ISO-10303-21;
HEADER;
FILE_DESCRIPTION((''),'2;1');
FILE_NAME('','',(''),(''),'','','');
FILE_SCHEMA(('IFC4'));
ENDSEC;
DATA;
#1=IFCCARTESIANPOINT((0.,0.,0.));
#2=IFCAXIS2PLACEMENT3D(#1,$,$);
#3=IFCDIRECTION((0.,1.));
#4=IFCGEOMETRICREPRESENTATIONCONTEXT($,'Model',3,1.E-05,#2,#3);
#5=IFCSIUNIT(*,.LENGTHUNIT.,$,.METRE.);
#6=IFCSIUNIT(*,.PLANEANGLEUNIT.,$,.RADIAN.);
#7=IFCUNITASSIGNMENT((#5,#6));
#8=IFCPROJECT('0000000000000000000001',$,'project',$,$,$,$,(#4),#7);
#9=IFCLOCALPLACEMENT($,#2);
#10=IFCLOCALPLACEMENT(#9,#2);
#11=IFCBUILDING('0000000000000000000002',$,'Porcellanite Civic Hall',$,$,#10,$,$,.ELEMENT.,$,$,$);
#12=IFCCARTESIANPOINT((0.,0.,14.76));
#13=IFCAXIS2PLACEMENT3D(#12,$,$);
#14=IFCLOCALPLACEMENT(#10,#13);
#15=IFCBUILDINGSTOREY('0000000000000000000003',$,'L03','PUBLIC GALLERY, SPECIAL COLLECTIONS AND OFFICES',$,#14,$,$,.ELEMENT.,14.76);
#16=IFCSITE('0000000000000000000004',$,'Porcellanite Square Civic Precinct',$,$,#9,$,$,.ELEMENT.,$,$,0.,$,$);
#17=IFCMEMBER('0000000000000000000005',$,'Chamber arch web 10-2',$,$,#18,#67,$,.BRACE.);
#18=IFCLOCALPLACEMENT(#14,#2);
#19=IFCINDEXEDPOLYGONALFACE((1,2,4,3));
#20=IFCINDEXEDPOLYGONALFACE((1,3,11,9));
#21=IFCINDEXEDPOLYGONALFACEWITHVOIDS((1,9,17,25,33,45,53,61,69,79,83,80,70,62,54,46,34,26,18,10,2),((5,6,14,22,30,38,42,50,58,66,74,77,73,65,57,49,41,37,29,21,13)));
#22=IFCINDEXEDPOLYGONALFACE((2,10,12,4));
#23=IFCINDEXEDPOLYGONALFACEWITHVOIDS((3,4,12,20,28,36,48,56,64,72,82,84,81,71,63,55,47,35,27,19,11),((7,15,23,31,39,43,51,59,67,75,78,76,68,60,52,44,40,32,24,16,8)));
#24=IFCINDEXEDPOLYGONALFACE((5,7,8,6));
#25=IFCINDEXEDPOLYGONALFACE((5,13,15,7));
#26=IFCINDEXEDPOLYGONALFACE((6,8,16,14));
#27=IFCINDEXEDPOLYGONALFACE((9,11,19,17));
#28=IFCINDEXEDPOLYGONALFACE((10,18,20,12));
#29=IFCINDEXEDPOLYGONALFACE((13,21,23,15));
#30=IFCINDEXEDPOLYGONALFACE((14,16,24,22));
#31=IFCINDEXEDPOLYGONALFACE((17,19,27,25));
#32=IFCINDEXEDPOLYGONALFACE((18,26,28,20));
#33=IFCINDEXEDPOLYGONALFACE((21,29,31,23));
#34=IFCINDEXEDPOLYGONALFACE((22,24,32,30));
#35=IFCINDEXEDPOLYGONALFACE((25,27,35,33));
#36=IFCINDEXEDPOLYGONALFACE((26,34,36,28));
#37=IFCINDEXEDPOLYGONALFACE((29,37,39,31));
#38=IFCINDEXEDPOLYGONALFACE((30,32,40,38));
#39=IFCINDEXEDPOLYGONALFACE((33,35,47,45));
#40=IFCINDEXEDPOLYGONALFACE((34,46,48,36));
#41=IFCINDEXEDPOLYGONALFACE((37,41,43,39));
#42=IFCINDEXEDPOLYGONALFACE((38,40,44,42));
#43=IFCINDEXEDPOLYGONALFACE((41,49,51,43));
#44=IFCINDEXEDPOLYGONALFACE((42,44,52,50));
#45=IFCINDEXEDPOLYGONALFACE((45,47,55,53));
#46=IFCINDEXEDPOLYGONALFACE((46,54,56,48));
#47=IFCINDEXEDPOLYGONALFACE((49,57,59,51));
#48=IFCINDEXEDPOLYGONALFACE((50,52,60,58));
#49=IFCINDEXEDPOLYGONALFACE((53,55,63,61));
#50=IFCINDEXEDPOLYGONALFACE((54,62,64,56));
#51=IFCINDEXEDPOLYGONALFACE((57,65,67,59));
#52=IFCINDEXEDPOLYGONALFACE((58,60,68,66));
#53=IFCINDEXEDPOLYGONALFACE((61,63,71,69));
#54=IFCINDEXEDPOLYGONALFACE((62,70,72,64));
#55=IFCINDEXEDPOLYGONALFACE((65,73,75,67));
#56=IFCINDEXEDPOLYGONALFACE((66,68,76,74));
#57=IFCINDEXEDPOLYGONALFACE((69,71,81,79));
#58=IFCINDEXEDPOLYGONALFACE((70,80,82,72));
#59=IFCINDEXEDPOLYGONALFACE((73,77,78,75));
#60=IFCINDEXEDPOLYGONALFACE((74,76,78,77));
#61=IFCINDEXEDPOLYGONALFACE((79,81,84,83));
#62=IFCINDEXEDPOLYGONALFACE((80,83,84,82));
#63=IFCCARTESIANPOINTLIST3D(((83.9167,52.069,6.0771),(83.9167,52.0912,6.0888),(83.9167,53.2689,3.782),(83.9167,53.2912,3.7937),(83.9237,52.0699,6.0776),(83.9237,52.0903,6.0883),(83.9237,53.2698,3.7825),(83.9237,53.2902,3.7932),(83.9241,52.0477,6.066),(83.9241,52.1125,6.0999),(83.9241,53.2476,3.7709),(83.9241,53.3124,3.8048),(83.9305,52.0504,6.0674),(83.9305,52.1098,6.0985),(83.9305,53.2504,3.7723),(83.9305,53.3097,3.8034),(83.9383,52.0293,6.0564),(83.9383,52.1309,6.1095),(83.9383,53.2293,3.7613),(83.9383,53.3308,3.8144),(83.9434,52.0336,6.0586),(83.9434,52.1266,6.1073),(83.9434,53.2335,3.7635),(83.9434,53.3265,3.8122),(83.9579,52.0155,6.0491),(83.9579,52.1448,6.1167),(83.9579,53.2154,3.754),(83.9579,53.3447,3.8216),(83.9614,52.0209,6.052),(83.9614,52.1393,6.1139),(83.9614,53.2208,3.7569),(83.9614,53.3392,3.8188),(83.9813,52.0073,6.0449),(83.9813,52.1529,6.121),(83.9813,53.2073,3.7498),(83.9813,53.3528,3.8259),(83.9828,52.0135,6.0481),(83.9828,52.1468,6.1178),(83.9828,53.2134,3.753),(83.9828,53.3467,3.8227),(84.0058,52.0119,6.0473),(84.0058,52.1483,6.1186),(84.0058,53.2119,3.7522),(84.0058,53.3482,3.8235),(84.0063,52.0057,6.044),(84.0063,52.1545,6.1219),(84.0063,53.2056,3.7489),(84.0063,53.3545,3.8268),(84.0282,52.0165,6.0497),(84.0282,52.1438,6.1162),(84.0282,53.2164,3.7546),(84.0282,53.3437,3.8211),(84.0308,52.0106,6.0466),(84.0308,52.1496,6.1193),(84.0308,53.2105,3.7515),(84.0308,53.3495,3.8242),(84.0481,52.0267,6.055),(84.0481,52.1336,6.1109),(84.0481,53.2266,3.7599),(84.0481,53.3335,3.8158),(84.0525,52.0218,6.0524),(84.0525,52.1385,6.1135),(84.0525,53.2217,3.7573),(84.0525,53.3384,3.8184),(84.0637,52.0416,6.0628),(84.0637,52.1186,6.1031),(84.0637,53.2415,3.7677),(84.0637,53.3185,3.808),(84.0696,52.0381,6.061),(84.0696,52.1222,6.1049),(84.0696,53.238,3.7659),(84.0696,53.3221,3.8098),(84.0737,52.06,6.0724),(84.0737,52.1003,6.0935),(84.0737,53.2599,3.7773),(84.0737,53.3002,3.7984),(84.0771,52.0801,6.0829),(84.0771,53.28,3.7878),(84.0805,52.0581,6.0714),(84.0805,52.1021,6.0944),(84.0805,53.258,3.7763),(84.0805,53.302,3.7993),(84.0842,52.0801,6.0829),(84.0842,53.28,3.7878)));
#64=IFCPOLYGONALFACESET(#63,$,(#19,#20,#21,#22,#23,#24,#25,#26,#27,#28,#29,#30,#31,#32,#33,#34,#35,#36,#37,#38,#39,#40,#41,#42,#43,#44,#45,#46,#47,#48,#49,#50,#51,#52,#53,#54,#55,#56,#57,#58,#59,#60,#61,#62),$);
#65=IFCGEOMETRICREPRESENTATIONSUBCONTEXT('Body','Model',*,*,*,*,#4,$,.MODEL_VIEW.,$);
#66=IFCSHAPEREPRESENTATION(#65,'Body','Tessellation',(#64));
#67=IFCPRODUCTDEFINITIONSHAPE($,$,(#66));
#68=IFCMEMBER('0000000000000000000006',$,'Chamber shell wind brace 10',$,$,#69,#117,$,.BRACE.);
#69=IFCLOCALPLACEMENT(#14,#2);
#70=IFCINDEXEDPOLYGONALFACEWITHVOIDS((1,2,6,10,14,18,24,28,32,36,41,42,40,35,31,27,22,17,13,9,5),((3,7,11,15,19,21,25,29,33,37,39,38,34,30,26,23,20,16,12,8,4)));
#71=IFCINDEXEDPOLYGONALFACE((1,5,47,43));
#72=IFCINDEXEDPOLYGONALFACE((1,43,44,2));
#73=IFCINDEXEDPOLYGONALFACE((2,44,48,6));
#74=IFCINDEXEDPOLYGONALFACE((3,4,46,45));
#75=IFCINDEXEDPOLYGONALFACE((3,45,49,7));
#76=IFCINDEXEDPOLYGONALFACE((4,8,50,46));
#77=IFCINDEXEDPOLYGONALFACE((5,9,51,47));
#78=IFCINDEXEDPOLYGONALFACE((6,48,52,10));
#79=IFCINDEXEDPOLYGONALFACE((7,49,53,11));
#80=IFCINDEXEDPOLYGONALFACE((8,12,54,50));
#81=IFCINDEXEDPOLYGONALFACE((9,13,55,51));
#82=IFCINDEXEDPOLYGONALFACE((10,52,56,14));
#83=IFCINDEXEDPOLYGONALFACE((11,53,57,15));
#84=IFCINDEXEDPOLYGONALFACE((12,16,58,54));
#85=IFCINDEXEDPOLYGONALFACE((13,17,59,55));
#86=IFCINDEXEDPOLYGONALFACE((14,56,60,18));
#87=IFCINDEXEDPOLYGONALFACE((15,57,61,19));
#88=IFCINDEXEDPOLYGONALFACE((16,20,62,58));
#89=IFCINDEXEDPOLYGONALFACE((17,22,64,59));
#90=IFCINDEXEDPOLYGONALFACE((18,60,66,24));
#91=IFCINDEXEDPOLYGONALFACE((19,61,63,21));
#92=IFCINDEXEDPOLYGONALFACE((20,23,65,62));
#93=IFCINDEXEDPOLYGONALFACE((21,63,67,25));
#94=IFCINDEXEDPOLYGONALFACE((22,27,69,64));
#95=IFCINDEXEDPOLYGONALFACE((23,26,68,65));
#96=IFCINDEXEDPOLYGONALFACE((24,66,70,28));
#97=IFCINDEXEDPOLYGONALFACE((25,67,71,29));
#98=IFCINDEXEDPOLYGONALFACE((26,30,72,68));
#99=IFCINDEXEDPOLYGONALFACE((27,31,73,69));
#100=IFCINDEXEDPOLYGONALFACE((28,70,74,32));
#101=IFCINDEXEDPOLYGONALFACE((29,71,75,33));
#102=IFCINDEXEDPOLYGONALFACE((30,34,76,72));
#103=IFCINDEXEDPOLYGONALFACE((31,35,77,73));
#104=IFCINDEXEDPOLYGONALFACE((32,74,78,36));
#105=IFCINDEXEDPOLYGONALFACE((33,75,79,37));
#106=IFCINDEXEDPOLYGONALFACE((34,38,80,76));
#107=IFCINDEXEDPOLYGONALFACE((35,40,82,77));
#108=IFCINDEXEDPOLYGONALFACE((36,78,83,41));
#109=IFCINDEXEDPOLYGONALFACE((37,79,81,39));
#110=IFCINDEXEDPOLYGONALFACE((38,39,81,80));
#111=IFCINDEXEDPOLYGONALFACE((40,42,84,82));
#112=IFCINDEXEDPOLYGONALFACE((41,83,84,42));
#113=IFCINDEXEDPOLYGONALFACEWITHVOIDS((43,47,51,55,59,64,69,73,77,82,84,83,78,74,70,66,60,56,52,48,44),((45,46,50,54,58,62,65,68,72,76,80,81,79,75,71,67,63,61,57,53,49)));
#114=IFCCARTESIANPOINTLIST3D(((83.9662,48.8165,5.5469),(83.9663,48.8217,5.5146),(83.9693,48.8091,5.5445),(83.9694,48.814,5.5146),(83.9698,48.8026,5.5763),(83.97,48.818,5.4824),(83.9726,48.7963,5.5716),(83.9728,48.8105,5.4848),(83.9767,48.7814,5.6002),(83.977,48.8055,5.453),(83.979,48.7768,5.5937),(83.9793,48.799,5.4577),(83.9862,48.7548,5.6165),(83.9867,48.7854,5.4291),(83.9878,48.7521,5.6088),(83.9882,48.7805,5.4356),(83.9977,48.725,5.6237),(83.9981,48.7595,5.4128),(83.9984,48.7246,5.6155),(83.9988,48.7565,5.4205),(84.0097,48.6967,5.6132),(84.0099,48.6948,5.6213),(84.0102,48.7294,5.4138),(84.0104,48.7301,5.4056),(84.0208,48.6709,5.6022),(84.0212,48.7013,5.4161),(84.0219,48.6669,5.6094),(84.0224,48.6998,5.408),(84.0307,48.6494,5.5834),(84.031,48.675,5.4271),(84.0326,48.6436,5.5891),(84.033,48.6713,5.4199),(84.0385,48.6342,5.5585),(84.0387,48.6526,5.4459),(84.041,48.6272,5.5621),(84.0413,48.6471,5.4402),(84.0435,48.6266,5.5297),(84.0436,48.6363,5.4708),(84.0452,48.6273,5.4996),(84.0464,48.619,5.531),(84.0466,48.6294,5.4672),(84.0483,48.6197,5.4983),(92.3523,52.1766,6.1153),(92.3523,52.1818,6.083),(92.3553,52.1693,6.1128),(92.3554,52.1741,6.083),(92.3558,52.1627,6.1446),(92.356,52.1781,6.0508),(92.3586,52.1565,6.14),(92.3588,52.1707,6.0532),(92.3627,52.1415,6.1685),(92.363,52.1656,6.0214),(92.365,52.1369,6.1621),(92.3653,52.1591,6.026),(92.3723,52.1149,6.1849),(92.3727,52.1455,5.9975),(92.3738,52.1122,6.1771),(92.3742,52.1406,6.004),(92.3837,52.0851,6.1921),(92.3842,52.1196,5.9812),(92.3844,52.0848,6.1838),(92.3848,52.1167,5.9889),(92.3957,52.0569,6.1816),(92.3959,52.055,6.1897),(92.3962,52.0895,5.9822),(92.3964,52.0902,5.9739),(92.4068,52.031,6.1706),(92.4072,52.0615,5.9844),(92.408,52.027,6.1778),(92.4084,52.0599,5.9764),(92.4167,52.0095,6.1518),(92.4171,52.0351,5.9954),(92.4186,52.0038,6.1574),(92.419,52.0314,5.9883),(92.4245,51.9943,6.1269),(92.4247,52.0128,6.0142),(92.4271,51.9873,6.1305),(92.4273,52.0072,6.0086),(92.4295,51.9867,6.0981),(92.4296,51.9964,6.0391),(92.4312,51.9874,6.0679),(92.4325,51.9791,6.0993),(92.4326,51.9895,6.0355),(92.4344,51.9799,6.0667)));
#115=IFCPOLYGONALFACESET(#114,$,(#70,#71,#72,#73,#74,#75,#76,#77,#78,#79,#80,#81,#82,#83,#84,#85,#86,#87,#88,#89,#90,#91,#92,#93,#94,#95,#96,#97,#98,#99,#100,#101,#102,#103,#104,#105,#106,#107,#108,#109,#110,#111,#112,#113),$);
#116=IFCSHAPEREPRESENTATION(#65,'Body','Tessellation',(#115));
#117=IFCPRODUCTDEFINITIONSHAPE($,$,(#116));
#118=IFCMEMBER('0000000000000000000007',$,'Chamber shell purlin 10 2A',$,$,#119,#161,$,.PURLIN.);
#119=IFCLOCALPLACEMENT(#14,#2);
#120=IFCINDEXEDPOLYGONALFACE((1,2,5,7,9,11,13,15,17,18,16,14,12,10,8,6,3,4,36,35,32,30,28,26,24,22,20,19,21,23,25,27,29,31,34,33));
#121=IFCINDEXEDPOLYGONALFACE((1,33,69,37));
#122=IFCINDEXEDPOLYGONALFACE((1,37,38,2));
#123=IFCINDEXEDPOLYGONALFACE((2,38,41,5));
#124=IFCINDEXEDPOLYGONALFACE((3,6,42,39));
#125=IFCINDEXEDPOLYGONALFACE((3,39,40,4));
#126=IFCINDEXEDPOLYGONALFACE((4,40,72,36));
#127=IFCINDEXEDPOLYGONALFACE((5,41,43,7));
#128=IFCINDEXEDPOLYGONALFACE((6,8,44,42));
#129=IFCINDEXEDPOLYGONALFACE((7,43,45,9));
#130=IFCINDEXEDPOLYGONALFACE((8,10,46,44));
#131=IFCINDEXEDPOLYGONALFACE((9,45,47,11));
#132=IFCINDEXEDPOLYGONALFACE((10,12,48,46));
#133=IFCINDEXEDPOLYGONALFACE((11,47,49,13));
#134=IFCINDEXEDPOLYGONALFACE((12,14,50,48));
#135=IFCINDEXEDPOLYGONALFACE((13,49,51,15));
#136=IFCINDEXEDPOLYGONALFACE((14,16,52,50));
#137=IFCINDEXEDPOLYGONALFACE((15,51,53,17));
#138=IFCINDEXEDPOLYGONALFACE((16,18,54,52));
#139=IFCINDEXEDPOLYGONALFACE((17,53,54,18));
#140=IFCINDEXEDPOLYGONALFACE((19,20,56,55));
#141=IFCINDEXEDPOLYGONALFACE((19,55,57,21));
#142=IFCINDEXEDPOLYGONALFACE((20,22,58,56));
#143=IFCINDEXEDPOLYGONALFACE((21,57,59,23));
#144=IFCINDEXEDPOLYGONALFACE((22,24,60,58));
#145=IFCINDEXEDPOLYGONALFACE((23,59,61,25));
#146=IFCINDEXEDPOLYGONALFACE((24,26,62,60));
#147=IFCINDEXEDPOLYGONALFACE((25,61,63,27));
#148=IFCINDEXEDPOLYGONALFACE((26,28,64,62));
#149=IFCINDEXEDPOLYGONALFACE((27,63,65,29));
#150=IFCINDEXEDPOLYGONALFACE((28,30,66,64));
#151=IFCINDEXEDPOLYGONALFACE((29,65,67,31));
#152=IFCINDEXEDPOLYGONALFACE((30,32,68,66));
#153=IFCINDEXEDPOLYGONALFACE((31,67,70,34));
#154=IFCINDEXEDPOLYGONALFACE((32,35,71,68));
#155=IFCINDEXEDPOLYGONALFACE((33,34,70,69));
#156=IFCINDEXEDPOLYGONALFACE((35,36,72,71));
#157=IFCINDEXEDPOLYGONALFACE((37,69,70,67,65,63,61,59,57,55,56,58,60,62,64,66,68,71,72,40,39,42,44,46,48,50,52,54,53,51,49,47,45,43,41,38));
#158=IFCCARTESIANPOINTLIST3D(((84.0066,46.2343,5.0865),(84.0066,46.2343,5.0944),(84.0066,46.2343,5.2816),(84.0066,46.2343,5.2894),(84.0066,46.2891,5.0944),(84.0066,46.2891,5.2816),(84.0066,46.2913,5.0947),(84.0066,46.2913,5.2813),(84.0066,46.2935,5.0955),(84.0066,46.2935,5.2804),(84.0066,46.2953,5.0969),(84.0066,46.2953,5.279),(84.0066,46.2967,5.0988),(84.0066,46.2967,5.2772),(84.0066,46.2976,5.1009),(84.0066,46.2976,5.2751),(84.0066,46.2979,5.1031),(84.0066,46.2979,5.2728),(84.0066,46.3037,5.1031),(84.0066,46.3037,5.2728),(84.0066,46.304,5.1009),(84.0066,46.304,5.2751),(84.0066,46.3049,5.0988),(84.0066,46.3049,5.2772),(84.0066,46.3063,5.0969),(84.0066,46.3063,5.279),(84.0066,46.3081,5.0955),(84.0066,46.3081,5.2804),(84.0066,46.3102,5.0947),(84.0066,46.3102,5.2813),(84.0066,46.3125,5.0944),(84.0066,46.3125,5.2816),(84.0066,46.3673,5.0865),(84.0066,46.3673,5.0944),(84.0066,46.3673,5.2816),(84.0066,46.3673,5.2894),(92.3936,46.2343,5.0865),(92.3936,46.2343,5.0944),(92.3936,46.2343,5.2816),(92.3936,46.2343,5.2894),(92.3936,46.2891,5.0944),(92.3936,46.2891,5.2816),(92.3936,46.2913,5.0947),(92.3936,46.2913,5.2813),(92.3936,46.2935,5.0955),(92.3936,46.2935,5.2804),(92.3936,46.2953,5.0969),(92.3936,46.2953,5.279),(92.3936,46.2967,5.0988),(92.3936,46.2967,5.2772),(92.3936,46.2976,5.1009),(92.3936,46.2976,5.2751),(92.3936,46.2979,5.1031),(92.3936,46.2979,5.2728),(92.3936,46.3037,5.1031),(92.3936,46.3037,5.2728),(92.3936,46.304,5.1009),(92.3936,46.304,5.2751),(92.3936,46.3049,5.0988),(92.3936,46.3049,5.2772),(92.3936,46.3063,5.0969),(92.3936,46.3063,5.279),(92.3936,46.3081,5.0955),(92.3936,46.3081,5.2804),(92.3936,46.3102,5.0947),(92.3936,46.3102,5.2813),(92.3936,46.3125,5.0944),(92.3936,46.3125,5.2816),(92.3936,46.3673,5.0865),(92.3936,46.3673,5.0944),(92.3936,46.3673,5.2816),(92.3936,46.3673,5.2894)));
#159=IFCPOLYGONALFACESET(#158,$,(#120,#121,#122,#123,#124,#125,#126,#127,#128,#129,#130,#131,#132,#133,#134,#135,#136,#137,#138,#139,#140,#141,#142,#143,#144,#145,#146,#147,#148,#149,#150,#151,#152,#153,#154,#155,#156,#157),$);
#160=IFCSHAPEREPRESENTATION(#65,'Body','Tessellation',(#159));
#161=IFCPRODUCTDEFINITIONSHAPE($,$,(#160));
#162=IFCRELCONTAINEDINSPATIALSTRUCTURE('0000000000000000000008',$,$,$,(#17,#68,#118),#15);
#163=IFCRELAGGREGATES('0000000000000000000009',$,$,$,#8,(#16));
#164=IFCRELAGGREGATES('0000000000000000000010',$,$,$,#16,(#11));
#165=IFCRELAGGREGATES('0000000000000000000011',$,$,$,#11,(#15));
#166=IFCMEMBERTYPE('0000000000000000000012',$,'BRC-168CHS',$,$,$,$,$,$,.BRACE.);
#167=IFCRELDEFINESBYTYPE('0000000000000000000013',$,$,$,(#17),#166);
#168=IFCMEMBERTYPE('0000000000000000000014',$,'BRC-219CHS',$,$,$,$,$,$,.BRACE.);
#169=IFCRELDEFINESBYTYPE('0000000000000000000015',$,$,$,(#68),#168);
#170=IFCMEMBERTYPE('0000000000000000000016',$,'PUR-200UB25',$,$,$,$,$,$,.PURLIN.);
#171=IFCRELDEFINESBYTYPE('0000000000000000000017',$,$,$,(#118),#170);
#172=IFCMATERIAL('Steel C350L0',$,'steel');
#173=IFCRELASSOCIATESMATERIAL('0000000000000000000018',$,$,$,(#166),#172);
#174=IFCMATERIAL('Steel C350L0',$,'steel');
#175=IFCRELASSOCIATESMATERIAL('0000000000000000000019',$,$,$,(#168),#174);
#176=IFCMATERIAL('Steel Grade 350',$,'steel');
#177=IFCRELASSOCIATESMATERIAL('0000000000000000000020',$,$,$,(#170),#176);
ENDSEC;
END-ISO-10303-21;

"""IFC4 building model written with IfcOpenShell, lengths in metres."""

from ifc_helpers import new_model, si_unit, direction, frame, origin, origin_2d, place, context, subcontext, project, spatial, hollow_circle, i_section, extrude, material, material_profile, profile_set, type_object, element, save


model = new_model("IFC4")

# Units and contexts
model_context = context("Model", 3, precision=1e-05, world=origin(), true_north=direction((0.0, 1.0)))
body_context = subcontext(model_context, "Body", "Model", "MODEL_VIEW")
ifc_project = project(units=[si_unit("LENGTHUNIT", "METRE"), si_unit("PLANEANGLEUNIT", "RADIAN")], contexts=[model_context])

# Site, building, storey
site_placement = place(None, origin())
site = spatial("IfcSite", under=ifc_project, at=site_placement, Name="Porcellanite Square Civic Precinct", CompositionType="ELEMENT", RefElevation=0.0)
building_placement = place(site_placement, origin())
building = spatial("IfcBuilding", under=site, at=building_placement, Name="Porcellanite Civic Hall", CompositionType="ELEMENT")
storey_placement = place(building_placement, frame((0.0, 0.0, 14.76)))
storey = spatial("IfcBuildingStorey", under=building, at=storey_placement, Name="L03", Description="PUBLIC GALLERY, SPECIAL COLLECTIONS AND OFFICES", CompositionType="ELEMENT", Elevation=14.76)

# Members
ifc_material_1 = material(Name="Steel C350L0", Category="steel")
ifc_material_profile_1 = material_profile(ifc_material_1, hollow_circle(Radius=0.0842, WallThickness=0.0071, at=origin_2d()), Name="168.3x7.1CHS")
ifc_profile_set_1 = profile_set([ifc_material_profile_1], Name="Steel C350L0")
member_type_1 = type_object("IfcMemberType", Name="BRC-168CHS", PredefinedType="BRACE", material=ifc_profile_set_1)
member_1_placement = place(storey_placement, frame((84.0, 53.28, 3.7878), z_axis=(0.0, -0.463316, 0.886193), x_axis=(1.0, 0.0, 0.0)))
element("IfcMember", 1, at=member_1_placement, inside=storey, type_object=member_type_1, Name="Chamber arch web 10-2", PredefinedType="BRACE", context=body_context, shape_type="SweptSolid", body=[
    extrude(hollow_circle(Radius=0.0842, WallThickness=0.0071, at=origin_2d()), origin(), (0.0, 0.0, 1.0), 2.5898),
])
ifc_material_2 = material(Name="Steel C350L0", Category="steel")
ifc_material_profile_2 = material_profile(ifc_material_2, hollow_circle(Radius=0.1096, WallThickness=0.0083, at=origin_2d()), Name="219.1x8.2CHS")
ifc_profile_set_2 = profile_set([ifc_material_profile_2], Name="Steel C350L0")
member_type_2 = type_object("IfcMemberType", Name="BRC-219CHS", PredefinedType="BRACE", material=ifc_profile_set_2)
member_2_placement = place(storey_placement, frame((84.0071, 48.72, 5.5146), z_axis=(0.926427, 0.371202, 0.062788), x_axis=(-0.371936, 0.928258, 0.0)))
element("IfcMember", 2, at=member_2_placement, inside=storey, type_object=member_type_2, Name="Chamber shell wind brace 10", PredefinedType="BRACE", context=body_context, shape_type="SweptSolid", body=[
    extrude(hollow_circle(Radius=0.1096, WallThickness=0.0083, at=origin_2d()), origin(), (0.0, 0.0, 1.0), 9.052),
])
ifc_material_3 = material(Name="Steel Grade 350", Category="steel")
ifc_material_profile_3 = material_profile(ifc_material_3, i_section(OverallWidth=0.1331, OverallDepth=0.2029, WebThickness=0.0059, FlangeThickness=0.0078, FilletRadius=0.0088, at=origin_2d()), Name="200UB25.4")
ifc_profile_set_3 = profile_set([ifc_material_profile_3], Name="Steel Grade 350")
member_type_3 = type_object("IfcMemberType", Name="PUR-200UB25", PredefinedType="PURLIN", material=ifc_profile_set_3)
for number, where, z_axis, x_axis, name in (
    (3, (84.0066, 46.3008, 5.188), (1.0, 0.0, 0.0), (0.0, 1.0, 0.0), "Chamber shell purlin 10 2A"),
):
    element("IfcMember", number, at=place(storey_placement, frame(where, z_axis=z_axis, x_axis=x_axis)), inside=storey, type_object=member_type_3, Name=name, PredefinedType="PURLIN", context=body_context, shape_type="SweptSolid", body=[
        extrude(i_section(OverallWidth=0.1331, OverallDepth=0.2029, WebThickness=0.0059, FlangeThickness=0.0078, FilletRadius=0.0088, at=origin_2d()), origin(), (0.0, 0.0, 1.0), 8.387),
    ])

save(model, "model.ifc")
